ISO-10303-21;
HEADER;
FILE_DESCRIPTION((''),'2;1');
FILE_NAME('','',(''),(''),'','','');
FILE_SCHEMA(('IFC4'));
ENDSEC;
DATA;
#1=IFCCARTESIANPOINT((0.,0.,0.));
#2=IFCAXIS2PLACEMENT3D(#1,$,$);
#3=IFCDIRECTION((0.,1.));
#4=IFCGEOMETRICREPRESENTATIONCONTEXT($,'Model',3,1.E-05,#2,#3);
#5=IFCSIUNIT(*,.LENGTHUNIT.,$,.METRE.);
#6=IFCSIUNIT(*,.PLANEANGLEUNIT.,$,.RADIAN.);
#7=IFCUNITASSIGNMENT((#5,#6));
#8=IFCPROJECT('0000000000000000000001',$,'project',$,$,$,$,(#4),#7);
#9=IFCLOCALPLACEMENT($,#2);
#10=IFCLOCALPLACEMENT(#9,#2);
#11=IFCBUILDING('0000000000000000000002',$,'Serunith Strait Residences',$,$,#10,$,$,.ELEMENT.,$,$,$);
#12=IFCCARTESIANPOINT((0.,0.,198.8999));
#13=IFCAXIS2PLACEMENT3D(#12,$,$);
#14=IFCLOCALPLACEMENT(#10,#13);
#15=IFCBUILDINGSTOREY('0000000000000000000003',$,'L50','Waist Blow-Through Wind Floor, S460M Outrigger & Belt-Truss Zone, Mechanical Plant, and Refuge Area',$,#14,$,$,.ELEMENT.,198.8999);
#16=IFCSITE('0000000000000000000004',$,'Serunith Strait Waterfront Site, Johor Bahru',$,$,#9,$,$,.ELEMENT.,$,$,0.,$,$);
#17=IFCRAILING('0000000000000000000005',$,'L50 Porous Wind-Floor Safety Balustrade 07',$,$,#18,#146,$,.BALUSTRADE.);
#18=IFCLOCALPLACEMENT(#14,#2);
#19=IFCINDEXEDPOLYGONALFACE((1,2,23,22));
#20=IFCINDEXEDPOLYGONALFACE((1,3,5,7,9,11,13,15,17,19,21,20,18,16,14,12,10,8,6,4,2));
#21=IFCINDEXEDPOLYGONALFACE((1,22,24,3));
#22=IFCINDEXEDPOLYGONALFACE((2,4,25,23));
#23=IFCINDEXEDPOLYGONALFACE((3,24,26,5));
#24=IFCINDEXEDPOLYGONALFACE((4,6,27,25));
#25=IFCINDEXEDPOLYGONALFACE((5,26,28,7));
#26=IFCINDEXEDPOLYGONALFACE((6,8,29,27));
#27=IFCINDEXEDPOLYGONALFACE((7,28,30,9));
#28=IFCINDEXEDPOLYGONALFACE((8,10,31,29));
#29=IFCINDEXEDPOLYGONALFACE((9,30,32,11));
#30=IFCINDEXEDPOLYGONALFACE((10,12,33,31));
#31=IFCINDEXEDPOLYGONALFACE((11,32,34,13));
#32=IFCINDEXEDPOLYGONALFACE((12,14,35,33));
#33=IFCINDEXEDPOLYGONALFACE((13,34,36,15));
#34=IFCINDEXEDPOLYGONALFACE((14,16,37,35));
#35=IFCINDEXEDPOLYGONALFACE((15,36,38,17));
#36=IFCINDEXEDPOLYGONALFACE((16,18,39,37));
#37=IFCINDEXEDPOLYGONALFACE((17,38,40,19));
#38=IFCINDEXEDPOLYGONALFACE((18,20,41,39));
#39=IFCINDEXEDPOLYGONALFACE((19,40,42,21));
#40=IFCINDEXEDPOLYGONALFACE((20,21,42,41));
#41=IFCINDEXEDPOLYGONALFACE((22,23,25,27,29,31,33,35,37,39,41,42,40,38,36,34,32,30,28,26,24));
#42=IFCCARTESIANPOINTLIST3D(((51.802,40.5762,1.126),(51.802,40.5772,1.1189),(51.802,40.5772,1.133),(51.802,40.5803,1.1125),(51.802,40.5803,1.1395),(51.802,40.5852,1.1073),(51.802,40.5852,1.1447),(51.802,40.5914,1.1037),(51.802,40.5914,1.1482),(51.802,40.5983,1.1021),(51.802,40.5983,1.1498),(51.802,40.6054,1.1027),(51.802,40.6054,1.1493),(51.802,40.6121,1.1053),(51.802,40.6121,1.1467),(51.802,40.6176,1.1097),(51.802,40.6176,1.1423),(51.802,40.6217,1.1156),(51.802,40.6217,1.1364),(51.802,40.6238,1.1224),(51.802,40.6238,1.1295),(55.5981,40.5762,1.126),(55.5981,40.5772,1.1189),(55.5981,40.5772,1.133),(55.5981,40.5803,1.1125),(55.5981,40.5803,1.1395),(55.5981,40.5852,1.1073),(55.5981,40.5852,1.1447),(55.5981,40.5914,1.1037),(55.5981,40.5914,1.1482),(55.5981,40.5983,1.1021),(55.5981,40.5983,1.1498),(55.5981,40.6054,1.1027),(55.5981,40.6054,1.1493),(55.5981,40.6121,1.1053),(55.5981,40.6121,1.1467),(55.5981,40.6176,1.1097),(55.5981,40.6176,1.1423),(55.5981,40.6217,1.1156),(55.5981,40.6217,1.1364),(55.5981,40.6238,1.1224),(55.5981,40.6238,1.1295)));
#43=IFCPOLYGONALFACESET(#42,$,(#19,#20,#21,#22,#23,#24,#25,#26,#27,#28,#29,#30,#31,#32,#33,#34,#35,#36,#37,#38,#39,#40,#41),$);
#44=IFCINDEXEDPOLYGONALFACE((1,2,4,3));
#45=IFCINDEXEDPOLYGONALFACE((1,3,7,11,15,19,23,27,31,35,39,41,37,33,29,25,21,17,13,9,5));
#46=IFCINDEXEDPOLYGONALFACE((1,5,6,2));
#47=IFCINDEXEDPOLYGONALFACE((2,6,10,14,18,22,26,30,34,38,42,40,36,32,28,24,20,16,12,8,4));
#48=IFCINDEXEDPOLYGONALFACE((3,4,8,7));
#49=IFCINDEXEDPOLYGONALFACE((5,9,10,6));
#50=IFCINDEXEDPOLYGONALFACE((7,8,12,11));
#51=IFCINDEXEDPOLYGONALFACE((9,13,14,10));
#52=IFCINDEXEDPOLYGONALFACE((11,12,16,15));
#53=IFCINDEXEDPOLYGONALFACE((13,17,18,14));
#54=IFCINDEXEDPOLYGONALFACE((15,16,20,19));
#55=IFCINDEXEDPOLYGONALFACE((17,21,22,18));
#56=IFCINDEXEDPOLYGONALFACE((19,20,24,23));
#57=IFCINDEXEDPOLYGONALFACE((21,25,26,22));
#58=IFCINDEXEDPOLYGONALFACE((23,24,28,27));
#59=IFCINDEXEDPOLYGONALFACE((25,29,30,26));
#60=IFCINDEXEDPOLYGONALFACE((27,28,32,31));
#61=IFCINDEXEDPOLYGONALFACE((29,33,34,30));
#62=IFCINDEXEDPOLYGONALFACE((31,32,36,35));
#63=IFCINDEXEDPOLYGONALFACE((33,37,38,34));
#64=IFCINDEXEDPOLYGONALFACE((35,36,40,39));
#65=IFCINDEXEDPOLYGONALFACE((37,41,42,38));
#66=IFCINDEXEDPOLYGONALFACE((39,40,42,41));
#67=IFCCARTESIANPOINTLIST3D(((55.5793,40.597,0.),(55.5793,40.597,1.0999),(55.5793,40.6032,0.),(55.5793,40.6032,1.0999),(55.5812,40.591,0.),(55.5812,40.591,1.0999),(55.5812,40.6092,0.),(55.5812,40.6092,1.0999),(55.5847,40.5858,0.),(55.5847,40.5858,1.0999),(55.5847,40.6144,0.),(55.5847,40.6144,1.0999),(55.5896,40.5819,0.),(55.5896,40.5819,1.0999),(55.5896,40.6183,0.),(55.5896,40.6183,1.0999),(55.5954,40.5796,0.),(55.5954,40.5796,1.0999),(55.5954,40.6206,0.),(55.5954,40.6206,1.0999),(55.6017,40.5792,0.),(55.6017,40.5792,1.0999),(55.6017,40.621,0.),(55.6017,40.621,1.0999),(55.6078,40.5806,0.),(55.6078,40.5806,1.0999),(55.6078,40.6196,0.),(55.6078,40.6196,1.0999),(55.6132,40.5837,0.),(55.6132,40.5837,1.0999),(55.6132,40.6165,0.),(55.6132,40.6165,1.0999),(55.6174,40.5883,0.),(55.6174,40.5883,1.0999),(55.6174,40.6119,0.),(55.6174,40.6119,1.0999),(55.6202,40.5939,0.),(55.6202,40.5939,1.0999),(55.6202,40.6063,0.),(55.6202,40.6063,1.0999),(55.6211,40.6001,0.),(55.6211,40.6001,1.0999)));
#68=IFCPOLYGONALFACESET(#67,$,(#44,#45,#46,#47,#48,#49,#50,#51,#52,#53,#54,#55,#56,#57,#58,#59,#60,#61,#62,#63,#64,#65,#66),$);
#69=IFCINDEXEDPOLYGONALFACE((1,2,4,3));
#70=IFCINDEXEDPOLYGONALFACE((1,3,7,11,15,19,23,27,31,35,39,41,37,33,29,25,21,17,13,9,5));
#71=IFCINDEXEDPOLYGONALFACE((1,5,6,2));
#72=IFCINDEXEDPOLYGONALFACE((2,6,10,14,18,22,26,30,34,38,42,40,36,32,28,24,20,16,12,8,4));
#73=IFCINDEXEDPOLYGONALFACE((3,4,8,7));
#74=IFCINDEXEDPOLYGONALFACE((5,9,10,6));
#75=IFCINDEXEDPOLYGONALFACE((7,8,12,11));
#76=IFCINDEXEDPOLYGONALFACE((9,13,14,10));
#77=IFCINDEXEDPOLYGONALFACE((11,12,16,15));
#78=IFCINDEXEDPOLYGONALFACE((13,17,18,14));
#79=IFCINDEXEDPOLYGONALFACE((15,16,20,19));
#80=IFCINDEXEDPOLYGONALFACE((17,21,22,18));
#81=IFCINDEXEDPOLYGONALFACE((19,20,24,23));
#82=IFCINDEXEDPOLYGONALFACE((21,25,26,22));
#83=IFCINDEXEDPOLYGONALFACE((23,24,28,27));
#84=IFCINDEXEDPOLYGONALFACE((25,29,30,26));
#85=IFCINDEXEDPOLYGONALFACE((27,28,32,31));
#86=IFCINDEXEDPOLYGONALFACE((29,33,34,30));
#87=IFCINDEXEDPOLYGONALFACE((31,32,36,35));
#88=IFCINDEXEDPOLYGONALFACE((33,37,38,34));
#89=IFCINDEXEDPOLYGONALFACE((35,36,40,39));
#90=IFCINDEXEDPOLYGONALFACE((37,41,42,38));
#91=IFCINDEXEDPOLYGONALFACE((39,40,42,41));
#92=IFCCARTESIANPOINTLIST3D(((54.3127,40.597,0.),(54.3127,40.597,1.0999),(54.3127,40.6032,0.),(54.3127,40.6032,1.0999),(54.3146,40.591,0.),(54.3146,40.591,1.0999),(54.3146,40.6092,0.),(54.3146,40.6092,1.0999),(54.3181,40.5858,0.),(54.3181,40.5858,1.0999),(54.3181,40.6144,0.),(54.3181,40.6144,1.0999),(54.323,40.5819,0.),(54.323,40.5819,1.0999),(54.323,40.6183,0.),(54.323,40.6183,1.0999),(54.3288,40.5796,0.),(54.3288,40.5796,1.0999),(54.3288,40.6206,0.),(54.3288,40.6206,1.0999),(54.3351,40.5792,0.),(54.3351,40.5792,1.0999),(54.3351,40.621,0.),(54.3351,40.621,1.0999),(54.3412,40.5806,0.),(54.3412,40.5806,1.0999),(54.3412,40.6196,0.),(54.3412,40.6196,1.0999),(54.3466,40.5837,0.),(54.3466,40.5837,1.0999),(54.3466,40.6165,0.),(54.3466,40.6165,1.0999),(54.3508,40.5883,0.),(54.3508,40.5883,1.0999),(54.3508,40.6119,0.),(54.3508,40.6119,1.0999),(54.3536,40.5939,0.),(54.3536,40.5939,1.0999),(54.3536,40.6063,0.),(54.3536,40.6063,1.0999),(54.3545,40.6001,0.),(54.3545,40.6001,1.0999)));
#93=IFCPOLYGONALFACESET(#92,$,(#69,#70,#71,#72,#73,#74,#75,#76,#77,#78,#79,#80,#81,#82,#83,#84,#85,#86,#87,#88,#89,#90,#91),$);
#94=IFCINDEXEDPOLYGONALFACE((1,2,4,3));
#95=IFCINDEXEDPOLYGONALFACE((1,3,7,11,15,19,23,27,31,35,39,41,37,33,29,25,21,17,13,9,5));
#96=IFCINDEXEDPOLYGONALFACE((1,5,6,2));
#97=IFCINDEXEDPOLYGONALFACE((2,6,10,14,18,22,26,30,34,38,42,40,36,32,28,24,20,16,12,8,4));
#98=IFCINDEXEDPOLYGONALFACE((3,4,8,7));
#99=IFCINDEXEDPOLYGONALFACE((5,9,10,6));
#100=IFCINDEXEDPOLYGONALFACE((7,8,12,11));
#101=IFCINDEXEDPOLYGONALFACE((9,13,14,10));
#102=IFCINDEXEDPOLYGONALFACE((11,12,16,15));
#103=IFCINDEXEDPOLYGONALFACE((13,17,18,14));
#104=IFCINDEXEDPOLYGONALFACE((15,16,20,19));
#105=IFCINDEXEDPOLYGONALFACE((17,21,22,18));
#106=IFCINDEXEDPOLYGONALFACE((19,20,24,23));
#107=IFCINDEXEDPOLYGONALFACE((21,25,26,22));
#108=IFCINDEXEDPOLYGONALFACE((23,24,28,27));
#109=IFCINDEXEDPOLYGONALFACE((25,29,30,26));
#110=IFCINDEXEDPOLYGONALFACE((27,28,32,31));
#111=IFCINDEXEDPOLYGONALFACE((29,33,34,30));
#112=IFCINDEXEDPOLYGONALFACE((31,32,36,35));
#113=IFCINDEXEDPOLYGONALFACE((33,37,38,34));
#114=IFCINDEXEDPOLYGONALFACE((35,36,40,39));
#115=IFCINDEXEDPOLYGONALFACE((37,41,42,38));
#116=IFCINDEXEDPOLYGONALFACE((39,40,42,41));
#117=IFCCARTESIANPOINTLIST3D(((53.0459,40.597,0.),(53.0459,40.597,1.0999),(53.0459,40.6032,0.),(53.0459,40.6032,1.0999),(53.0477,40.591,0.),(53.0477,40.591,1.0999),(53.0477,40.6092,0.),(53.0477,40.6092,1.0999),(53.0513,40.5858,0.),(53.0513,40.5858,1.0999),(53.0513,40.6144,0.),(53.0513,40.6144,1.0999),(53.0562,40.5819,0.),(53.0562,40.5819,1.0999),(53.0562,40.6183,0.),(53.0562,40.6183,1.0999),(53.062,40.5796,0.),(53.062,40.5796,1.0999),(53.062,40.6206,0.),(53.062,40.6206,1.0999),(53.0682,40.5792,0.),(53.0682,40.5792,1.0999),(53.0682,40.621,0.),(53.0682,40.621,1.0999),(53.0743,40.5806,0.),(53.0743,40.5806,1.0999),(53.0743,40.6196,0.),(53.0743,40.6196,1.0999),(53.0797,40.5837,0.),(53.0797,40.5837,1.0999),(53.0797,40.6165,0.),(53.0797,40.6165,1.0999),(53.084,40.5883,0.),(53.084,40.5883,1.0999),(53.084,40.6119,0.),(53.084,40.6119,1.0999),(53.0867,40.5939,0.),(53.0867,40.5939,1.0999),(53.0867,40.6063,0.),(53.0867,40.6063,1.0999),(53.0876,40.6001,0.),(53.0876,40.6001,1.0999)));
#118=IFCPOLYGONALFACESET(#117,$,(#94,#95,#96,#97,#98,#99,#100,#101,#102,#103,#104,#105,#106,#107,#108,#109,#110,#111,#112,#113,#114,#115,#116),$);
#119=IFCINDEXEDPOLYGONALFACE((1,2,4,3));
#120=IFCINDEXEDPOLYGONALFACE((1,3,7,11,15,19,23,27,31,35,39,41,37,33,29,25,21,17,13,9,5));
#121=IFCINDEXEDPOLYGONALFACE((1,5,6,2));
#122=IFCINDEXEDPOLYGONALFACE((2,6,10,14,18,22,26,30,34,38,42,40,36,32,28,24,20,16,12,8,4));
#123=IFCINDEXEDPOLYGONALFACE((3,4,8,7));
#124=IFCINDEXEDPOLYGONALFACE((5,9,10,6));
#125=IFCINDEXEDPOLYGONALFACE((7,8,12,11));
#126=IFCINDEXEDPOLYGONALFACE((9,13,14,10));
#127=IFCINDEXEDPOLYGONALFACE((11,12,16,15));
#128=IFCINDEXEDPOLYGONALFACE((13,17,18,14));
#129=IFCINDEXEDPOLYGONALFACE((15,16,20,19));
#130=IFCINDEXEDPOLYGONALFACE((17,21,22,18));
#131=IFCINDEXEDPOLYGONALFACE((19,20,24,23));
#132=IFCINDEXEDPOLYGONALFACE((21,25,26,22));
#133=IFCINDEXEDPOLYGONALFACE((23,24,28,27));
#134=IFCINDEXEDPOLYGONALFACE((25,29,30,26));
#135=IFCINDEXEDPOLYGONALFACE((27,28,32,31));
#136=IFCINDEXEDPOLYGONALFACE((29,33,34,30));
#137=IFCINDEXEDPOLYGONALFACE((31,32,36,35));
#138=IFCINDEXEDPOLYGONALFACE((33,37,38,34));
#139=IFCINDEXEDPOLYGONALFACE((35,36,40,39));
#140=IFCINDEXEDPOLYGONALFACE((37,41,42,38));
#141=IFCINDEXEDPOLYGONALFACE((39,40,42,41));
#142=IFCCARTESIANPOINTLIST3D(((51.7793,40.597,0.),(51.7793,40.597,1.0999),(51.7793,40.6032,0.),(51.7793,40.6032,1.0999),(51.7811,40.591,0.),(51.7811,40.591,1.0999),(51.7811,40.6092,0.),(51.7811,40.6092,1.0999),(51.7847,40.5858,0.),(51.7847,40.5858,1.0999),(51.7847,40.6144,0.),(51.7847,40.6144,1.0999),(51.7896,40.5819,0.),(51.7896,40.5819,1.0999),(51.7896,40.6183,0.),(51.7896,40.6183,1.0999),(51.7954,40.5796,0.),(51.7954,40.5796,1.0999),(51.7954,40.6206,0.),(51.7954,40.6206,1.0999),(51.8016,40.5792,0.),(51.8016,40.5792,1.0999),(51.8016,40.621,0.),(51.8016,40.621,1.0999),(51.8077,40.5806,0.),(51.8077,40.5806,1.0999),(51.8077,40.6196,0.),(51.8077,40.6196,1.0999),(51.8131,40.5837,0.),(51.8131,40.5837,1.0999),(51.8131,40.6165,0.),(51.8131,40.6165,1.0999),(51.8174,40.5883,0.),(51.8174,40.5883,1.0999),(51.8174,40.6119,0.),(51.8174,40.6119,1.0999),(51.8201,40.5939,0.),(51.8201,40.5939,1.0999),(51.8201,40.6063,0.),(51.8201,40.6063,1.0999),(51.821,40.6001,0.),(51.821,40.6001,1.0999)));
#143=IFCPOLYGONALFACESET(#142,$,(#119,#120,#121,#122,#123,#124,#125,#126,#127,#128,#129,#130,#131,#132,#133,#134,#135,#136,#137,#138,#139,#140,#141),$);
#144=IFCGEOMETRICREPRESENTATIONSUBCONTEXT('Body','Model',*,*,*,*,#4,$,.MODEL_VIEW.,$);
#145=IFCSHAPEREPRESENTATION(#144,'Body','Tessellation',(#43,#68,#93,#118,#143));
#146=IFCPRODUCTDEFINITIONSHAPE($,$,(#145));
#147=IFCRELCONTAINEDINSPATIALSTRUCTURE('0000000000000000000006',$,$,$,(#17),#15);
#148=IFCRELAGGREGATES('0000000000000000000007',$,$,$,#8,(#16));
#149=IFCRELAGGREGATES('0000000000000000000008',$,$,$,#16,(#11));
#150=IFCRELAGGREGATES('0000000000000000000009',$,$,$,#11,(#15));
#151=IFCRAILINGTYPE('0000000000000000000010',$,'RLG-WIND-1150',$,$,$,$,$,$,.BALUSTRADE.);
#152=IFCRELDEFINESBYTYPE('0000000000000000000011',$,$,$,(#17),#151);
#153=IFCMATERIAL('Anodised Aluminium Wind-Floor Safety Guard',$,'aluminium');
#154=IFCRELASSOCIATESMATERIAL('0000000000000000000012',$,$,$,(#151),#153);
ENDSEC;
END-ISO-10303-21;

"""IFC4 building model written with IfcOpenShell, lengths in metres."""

from ifc_helpers import new_model, si_unit, direction, frame, origin, origin_2d, place, context, subcontext, project, spatial, circle, extrude, material, type_object, element, save


model = new_model("IFC4")

# Units and contexts
model_context = context("Model", 3, precision=1e-05, world=origin(), true_north=direction((0.0, 1.0)))
body_context = subcontext(model_context, "Body", "Model", "MODEL_VIEW")
ifc_project = project(units=[si_unit("LENGTHUNIT", "METRE"), si_unit("PLANEANGLEUNIT", "RADIAN")], contexts=[model_context])

# Site, building, storey
site_placement = place(None, origin())
site = spatial("IfcSite", under=ifc_project, at=site_placement, Name="Serunith Strait Waterfront Site, Johor Bahru", CompositionType="ELEMENT", RefElevation=0.0)
building_placement = place(site_placement, origin())
building = spatial("IfcBuilding", under=site, at=building_placement, Name="Serunith Strait Residences", CompositionType="ELEMENT")
storey_placement = place(building_placement, frame((0.0, 0.0, 198.8999)))
storey = spatial("IfcBuildingStorey", under=building, at=storey_placement, Name="L50", Description="Waist Blow-Through Wind Floor, S460M Outrigger & Belt-Truss Zone, Mechanical Plant, and Refuge Area", CompositionType="ELEMENT", Elevation=198.8999)

# Railing
ifc_material_1 = material(Name="Anodised Aluminium Wind-Floor Safety Guard", Category="aluminium")
railing_type = type_object("IfcRailingType", Name="RLG-WIND-1150", PredefinedType="BALUSTRADE", material=ifc_material_1)
railing_1_placement = place(storey_placement, frame((55.6001, 40.6001, 0.0)))
element("IfcRailing", 1, at=railing_1_placement, inside=storey, type_object=railing_type, Name="L50 Porous Wind-Floor Safety Balustrade 07", PredefinedType="BALUSTRADE", context=body_context, shape_type="SweptSolid", body=[
    extrude(circle(Radius=0.0239, at=origin_2d()), frame((-0.002, 0.0, 1.126), z_axis=(-1.0, 0.0, 0.0), x_axis=(0.0, -1.0, 0.0)), (0.0, 0.0, 1.0), 3.7961),
    extrude(circle(Radius=0.021, at=origin_2d()), origin(), (0.0, 0.0, 1.0), 1.0999),
    extrude(circle(Radius=0.021, at=origin_2d()), frame((-1.2666, 0.0, 0.0)), (0.0, 0.0, 1.0), 1.0999),
    extrude(circle(Radius=0.021, at=origin_2d()), frame((-2.5334, 0.0, 0.0)), (0.0, 0.0, 1.0), 1.0999),
    extrude(circle(Radius=0.021, at=origin_2d()), frame((-3.8, 0.0, 0.0)), (0.0, 0.0, 1.0), 1.0999),
])

save(model, "model.ifc")
